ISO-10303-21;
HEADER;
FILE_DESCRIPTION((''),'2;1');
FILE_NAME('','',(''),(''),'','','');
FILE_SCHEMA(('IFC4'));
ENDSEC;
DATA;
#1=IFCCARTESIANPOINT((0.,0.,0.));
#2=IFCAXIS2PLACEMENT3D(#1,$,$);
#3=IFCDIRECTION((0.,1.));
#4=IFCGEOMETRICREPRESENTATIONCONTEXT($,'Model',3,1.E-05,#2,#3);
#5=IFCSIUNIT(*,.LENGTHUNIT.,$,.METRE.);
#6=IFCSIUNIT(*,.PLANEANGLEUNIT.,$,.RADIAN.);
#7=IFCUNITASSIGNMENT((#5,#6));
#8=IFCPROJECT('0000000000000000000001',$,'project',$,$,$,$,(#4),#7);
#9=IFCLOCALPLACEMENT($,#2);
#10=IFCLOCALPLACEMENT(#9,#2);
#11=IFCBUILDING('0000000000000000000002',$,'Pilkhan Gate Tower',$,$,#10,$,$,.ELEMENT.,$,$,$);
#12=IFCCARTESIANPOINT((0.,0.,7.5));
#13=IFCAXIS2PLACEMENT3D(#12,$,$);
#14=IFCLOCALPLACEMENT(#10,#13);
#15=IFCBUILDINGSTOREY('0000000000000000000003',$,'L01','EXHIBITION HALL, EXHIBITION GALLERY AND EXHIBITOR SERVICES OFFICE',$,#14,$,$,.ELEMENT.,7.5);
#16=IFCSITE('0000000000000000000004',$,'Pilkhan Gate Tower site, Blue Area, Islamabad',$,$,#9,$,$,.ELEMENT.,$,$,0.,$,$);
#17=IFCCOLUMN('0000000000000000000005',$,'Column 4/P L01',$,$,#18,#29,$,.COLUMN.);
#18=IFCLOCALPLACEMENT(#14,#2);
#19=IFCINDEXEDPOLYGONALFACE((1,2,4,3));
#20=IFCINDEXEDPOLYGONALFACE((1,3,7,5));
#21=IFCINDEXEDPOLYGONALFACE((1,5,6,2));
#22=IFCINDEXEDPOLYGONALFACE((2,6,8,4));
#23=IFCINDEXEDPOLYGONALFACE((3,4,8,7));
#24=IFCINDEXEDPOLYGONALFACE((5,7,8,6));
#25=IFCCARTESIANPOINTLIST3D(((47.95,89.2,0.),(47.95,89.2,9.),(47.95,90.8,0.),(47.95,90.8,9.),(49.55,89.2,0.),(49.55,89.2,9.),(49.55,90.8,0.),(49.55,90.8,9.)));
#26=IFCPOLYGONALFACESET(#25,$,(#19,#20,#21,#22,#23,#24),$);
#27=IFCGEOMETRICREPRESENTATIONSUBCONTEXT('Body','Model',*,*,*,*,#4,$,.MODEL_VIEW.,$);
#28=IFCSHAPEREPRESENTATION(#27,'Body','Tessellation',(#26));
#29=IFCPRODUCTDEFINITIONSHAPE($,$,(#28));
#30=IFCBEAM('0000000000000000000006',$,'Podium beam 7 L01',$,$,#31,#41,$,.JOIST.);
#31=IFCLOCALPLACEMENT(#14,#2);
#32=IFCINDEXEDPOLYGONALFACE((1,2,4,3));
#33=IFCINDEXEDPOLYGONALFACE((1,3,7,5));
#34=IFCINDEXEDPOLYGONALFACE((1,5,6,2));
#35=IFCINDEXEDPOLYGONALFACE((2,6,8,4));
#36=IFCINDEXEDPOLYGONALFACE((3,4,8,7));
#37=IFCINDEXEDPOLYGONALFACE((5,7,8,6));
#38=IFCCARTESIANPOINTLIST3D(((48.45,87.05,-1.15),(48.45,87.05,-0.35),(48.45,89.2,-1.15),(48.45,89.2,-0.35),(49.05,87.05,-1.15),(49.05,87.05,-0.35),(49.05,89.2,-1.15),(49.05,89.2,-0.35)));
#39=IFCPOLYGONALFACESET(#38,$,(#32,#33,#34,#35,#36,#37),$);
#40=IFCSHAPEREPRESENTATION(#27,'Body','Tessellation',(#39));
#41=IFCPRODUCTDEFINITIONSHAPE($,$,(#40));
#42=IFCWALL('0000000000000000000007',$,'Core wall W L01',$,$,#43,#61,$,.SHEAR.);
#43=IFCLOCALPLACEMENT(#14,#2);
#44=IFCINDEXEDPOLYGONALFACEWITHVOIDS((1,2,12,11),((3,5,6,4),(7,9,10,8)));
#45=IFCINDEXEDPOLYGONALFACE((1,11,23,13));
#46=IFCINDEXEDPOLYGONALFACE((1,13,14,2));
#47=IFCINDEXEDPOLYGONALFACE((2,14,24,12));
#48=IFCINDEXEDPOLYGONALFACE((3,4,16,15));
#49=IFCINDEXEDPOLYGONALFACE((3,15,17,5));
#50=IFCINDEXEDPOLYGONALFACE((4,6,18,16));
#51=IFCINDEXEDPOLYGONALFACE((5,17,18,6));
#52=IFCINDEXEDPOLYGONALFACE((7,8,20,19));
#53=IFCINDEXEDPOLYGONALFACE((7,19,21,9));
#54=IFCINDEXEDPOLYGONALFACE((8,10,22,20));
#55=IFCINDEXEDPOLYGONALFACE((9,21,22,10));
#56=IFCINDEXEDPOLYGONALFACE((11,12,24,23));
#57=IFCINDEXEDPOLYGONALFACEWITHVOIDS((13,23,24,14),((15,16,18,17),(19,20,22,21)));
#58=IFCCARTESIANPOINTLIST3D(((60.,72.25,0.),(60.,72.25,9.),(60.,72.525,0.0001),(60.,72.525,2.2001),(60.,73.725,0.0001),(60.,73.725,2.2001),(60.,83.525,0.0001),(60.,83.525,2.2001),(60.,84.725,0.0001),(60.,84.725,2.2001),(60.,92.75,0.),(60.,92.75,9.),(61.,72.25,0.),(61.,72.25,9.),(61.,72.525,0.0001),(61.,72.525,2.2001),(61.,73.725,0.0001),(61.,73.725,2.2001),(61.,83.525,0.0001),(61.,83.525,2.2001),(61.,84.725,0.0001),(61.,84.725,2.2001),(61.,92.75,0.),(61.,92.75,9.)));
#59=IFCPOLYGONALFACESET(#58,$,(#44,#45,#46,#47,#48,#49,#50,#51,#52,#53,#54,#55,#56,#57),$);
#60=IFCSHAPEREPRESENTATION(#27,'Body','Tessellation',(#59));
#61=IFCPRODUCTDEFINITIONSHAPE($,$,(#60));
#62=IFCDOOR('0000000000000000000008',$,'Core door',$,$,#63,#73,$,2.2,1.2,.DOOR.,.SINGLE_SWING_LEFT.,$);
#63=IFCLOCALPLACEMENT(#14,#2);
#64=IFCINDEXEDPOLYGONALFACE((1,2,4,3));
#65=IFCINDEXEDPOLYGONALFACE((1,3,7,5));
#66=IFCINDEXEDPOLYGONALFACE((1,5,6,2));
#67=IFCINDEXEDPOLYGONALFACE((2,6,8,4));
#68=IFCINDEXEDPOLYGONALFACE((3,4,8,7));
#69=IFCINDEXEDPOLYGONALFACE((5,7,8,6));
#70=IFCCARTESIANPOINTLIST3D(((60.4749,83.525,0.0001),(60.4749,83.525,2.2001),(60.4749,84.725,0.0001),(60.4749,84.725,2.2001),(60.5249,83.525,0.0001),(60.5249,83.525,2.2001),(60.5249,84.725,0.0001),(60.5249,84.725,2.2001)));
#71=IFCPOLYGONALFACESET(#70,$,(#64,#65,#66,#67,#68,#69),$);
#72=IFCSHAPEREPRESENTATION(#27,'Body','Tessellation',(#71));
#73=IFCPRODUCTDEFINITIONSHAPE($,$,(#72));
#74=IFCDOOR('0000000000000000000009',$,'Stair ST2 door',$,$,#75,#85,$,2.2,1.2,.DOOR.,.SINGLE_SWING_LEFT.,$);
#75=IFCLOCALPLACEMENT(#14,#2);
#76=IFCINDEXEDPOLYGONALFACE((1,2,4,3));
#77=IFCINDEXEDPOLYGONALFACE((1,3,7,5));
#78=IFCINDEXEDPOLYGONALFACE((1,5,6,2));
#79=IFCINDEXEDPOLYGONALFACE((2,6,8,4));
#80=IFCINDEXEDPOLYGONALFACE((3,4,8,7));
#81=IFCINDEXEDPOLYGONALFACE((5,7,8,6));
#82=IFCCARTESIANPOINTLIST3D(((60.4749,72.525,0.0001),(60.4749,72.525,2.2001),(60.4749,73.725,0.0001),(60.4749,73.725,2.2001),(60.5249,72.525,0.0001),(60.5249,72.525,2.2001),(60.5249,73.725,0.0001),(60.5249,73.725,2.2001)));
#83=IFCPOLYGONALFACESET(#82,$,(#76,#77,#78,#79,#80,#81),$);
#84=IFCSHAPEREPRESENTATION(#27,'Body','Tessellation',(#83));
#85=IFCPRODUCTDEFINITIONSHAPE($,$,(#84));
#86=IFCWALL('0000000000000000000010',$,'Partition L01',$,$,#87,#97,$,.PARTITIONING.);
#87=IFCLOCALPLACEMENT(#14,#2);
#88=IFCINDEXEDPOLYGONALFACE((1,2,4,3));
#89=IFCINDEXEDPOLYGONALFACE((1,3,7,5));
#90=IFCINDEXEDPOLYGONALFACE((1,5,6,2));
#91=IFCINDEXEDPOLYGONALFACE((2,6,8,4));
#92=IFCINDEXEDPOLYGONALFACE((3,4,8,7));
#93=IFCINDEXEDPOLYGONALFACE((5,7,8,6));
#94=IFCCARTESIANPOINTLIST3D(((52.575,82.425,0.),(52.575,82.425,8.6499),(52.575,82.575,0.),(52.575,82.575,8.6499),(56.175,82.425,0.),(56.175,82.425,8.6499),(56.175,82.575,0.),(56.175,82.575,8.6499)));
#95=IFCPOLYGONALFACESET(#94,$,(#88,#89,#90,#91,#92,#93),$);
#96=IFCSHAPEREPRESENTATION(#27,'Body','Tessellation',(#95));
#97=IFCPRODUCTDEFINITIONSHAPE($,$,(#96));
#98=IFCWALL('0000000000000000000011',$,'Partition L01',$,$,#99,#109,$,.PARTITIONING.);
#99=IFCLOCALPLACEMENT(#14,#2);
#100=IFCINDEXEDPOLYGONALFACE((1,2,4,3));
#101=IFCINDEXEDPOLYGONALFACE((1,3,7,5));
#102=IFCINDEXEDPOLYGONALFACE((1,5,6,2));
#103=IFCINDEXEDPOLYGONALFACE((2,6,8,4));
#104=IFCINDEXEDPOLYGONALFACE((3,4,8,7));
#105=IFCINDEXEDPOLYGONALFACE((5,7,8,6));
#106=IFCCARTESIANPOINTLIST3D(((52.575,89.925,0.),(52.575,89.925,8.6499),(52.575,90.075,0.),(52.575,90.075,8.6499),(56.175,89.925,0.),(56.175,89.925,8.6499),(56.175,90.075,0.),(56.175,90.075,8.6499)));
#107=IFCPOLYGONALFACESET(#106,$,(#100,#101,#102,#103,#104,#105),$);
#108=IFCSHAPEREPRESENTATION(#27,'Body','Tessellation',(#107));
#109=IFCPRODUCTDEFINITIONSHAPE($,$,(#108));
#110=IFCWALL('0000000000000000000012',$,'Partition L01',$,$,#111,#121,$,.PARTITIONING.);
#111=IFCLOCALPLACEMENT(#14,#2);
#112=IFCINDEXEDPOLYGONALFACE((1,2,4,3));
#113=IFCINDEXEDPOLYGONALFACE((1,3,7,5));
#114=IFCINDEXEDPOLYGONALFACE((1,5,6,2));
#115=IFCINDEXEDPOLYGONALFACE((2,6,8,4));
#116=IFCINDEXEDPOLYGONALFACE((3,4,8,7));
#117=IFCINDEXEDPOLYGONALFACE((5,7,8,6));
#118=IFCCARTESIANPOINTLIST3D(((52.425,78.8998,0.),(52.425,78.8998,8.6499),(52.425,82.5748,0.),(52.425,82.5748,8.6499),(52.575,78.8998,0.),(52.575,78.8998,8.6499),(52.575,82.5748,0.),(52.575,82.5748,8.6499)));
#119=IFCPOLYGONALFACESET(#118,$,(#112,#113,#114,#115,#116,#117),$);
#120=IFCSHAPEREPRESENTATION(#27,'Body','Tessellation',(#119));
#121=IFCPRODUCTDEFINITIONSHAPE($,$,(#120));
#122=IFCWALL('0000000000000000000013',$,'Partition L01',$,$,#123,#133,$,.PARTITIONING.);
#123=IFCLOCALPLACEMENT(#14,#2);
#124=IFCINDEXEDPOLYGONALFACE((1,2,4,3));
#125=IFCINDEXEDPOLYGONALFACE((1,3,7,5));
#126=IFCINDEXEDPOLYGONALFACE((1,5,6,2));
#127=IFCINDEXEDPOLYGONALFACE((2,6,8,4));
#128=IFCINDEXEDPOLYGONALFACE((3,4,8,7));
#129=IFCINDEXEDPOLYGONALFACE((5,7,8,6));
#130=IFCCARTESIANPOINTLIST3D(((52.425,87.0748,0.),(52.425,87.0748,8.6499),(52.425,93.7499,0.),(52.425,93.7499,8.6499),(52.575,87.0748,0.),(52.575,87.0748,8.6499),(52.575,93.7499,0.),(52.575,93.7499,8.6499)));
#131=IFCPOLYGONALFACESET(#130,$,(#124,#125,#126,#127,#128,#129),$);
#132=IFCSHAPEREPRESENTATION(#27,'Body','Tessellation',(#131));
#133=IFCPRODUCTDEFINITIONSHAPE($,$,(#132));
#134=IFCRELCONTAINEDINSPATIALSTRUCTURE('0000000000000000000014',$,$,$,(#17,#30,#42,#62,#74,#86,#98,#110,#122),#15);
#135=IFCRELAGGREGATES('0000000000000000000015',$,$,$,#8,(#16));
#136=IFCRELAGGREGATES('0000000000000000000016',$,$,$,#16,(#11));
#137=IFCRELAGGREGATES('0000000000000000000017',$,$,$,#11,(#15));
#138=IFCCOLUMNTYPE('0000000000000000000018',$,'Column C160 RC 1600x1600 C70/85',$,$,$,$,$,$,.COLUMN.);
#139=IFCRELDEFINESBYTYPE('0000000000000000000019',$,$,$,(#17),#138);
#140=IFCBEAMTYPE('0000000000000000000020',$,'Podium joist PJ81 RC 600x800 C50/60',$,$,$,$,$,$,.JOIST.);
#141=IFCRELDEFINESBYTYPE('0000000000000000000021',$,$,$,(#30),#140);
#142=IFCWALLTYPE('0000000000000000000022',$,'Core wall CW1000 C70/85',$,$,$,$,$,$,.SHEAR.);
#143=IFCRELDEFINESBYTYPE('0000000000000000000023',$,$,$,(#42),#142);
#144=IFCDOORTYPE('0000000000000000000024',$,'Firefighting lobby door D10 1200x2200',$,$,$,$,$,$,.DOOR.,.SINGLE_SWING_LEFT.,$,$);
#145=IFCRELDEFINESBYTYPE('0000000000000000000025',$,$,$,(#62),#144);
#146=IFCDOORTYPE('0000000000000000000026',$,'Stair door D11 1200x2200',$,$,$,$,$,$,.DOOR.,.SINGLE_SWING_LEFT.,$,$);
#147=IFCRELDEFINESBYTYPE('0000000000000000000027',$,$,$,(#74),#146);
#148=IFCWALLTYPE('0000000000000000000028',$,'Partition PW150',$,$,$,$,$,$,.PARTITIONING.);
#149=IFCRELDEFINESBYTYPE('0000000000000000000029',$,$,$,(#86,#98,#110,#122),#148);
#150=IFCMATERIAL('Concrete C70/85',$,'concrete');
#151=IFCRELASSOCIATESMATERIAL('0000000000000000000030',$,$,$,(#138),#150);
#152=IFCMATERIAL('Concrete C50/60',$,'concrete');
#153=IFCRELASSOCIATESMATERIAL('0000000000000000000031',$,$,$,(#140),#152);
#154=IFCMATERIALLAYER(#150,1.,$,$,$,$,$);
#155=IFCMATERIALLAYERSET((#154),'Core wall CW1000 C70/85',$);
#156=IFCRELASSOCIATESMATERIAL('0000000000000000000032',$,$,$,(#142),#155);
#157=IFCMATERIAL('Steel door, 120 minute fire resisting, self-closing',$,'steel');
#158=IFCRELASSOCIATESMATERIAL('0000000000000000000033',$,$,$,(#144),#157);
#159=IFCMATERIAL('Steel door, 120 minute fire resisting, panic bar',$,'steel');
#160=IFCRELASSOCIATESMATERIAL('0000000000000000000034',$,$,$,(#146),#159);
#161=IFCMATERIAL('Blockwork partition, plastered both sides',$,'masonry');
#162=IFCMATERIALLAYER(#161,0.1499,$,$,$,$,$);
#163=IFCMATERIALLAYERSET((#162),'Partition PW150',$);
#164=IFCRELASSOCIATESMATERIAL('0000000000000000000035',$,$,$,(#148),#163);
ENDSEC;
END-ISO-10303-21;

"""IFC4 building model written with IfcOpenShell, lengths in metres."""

from ifc_helpers import new_model, si_unit, direction, frame, frame_2d, origin, origin_2d, place, context, subcontext, project, spatial, rectangle, extrude, material, layer, layer_set, material_profile, profile_set, type_object, element, fill, save


model = new_model("IFC4")

# Units and contexts
model_context = context("Model", 3, precision=1e-05, world=origin(), true_north=direction((0.0, 1.0)))
body_context = subcontext(model_context, "Body", "Model", "MODEL_VIEW")
ifc_project = project(units=[si_unit("LENGTHUNIT", "METRE"), si_unit("PLANEANGLEUNIT", "RADIAN")], contexts=[model_context])

# Site, building, storey
site_placement = place(None, origin())
site = spatial("IfcSite", under=ifc_project, at=site_placement, Name="Pilkhan Gate Tower site, Blue Area, Islamabad", CompositionType="ELEMENT", RefElevation=0.0)
building_placement = place(site_placement, origin())
building = spatial("IfcBuilding", under=site, at=building_placement, Name="Pilkhan Gate Tower", CompositionType="ELEMENT")
storey_placement = place(building_placement, frame((0.0, 0.0, 7.5)))
storey = spatial("IfcBuildingStorey", under=building, at=storey_placement, Name="L01", Description="EXHIBITION HALL, EXHIBITION GALLERY AND EXHIBITOR SERVICES OFFICE", CompositionType="ELEMENT", Elevation=7.5)

# Column
ifc_material_1 = material(Name="Concrete C70/85", Category="concrete")
ifc_material_profile_1 = material_profile(ifc_material_1, rectangle(XDim=1.6001, YDim=1.6001, at=origin_2d()), Name="RC 1600x1600")
ifc_profile_set_1 = profile_set([ifc_material_profile_1], Name="Concrete C70/85")
column_type = type_object("IfcColumnType", Name="Column C160 RC 1600x1600 C70/85", PredefinedType="COLUMN", material=ifc_profile_set_1)
column_placement = place(storey_placement, frame((48.75, 90.0, 0.0), z_axis=(0.0, 0.0, 1.0), x_axis=(1.0, 0.0, 0.0)))
element("IfcColumn", 1, at=column_placement, inside=storey, type_object=column_type, Name="Column 4/P L01", PredefinedType="COLUMN", context=body_context, shape_type="SweptSolid", body=[
    extrude(rectangle(XDim=1.6001, YDim=1.6001, at=origin_2d()), origin(), (0.0, 0.0, 1.0), 9.0),
])

# Beam
ifc_material_2 = material(Name="Concrete C50/60", Category="concrete")
ifc_material_profile_2 = material_profile(ifc_material_2, rectangle(XDim=0.6001, YDim=0.8, at=origin_2d()), Name="RC 600x800")
ifc_profile_set_2 = profile_set([ifc_material_profile_2], Name="Concrete C50/60")
beam_type = type_object("IfcBeamType", Name="Podium joist PJ81 RC 600x800 C50/60", PredefinedType="JOIST", material=ifc_profile_set_2)
beam_placement = place(storey_placement, frame((48.75, 87.05, -0.75), z_axis=(0.0, 1.0, 0.0), x_axis=(-1.0, 0.0, 0.0)))
element("IfcBeam", 2, at=beam_placement, inside=storey, type_object=beam_type, Name="Podium beam 7 L01", PredefinedType="JOIST", context=body_context, shape_type="SweptSolid", body=[
    extrude(rectangle(XDim=0.6001, YDim=0.8, at=origin_2d()), origin(), (0.0, 0.0, 1.0), 2.1499),
])

# Wall, openings, doors
ifc_layer_1 = layer(ifc_material_1, 1.0)
ifc_layer_set_1 = layer_set([ifc_layer_1], Name="Core wall CW1000 C70/85")
wall_type_1 = type_object("IfcWallType", Name="Core wall CW1000 C70/85", PredefinedType="SHEAR", material=ifc_layer_set_1)
wall_1_placement = place(storey_placement, frame((60.5, 92.75, 0.0), z_axis=(0.0, 0.0, 1.0), x_axis=(0.0, -1.0, 0.0)))
wall_1 = element("IfcWall", 3, at=wall_1_placement, inside=storey, type_object=wall_type_1, Name="Core wall W L01", PredefinedType="SHEAR", context=body_context, shape_type="SweptSolid", body=[
    extrude(rectangle(XDim=20.5, YDim=1.0, at=frame_2d((10.25, 0.0))), origin(), (0.0, 0.0, 1.0), 9.0),
])
opening_1_placement = place(wall_1_placement, frame((19.0249, 0.0, 0.0)))
opening_1 = element("IfcOpeningElement", 4, at=opening_1_placement, cuts=wall_1, PredefinedType="OPENING", context=body_context, shape_type="SweptSolid", body=[
    extrude(rectangle(XDim=1.2, YDim=2.2, at=frame_2d((0.6001, 1.1001))), frame((0.0, 0.51, 0.0), z_axis=(0.0, -1.0, 0.0), x_axis=(1.0, 0.0, 0.0)), (0.0, 0.0, 1.0), 1.02),
])
opening_2_placement = place(wall_1_placement, frame((8.0249, 0.0, 0.0)))
opening_2 = element("IfcOpeningElement", 5, at=opening_2_placement, cuts=wall_1, PredefinedType="OPENING", context=body_context, shape_type="SweptSolid", body=[
    extrude(rectangle(XDim=1.2, YDim=2.2, at=frame_2d((0.6001, 1.1001))), frame((0.0, 0.51, 0.0), z_axis=(0.0, -1.0, 0.0), x_axis=(1.0, 0.0, 0.0)), (0.0, 0.0, 1.0), 1.02),
])
ifc_material_3 = material(Name="Steel door, 120 minute fire resisting, self-closing", Category="steel")
door_type_1 = type_object("IfcDoorType", Name="Firefighting lobby door D10 1200x2200", OperationType="SINGLE_SWING_LEFT", PredefinedType="DOOR", material=ifc_material_3)
door_1_placement = place(opening_2_placement, origin())
door_1 = element("IfcDoor", 6, at=door_1_placement, inside=storey, type_object=door_type_1, Name="Core door", OperationType="SINGLE_SWING_LEFT", OverallHeight=2.2, OverallWidth=1.2, PredefinedType="DOOR", context=body_context, shape_type="SweptSolid", body=[
    extrude(rectangle(XDim=1.2, YDim=2.2, at=frame_2d((0.6001, 1.1001))), frame((0.0, 0.0249, 0.0), z_axis=(0.0, -1.0, 0.0), x_axis=(1.0, 0.0, 0.0)), (0.0, 0.0, 1.0), 0.05),
])
fill(opening_2, door_1)
ifc_material_4 = material(Name="Steel door, 120 minute fire resisting, panic bar", Category="steel")
door_type_2 = type_object("IfcDoorType", Name="Stair door D11 1200x2200", OperationType="SINGLE_SWING_LEFT", PredefinedType="DOOR", material=ifc_material_4)
door_2_placement = place(opening_1_placement, origin())
door_2 = element("IfcDoor", 7, at=door_2_placement, inside=storey, type_object=door_type_2, Name="Stair ST2 door", OperationType="SINGLE_SWING_LEFT", OverallHeight=2.2, OverallWidth=1.2, PredefinedType="DOOR", context=body_context, shape_type="SweptSolid", body=[
    extrude(rectangle(XDim=1.2, YDim=2.2, at=frame_2d((0.6001, 1.1001))), frame((0.0, 0.0249, 0.0), z_axis=(0.0, -1.0, 0.0), x_axis=(1.0, 0.0, 0.0)), (0.0, 0.0, 1.0), 0.05),
])
fill(opening_1, door_2)

# Walls
ifc_material_5 = material(Name="Blockwork partition, plastered both sides", Category="masonry")
ifc_layer_2 = layer(ifc_material_5, 0.1499)
ifc_layer_set_2 = layer_set([ifc_layer_2], Name="Partition PW150")
wall_type_2 = type_object("IfcWallType", Name="Partition PW150", PredefinedType="PARTITIONING", material=ifc_layer_set_2)
for number, where, z_axis, x_axis, name in (
    (8, (52.575, 82.5, 0.0), (0.0, 0.0, 1.0), (1.0, 0.0, 0.0), "Partition L01"),
    (9, (52.575, 90.0, 0.0), (0.0, 0.0, 1.0), (1.0, 0.0, 0.0), "Partition L01"),
):
    element("IfcWall", number, at=place(storey_placement, frame(where, z_axis=z_axis, x_axis=x_axis)), inside=storey, type_object=wall_type_2, Name=name, PredefinedType="PARTITIONING", context=body_context, shape_type="SweptSolid", body=[
        extrude(rectangle(XDim=3.6001, YDim=0.1499, at=frame_2d((1.8, 0.0))), origin(), (0.0, 0.0, 1.0), 8.6499),
    ])
wall_2_placement = place(storey_placement, frame((52.5, 78.8999, 0.0), z_axis=(0.0, 0.0, 1.0), x_axis=(0.0, 1.0, 0.0)))
element("IfcWall", 10, at=wall_2_placement, inside=storey, type_object=wall_type_2, Name="Partition L01", PredefinedType="PARTITIONING", context=body_context, shape_type="SweptSolid", body=[
    extrude(rectangle(XDim=3.675, YDim=0.1499, at=frame_2d((1.8374, 0.0))), origin(), (0.0, 0.0, 1.0), 8.6499),
])
wall_3_placement = place(storey_placement, frame((52.5, 87.075, 0.0), z_axis=(0.0, 0.0, 1.0), x_axis=(0.0, 1.0, 0.0)))
element("IfcWall", 11, at=wall_3_placement, inside=storey, type_object=wall_type_2, Name="Partition L01", PredefinedType="PARTITIONING", context=body_context, shape_type="SweptSolid", body=[
    extrude(rectangle(XDim=6.675, YDim=0.1499, at=frame_2d((3.3374, 0.0))), origin(), (0.0, 0.0, 1.0), 8.6499),
])

save(model, "model.ifc")
